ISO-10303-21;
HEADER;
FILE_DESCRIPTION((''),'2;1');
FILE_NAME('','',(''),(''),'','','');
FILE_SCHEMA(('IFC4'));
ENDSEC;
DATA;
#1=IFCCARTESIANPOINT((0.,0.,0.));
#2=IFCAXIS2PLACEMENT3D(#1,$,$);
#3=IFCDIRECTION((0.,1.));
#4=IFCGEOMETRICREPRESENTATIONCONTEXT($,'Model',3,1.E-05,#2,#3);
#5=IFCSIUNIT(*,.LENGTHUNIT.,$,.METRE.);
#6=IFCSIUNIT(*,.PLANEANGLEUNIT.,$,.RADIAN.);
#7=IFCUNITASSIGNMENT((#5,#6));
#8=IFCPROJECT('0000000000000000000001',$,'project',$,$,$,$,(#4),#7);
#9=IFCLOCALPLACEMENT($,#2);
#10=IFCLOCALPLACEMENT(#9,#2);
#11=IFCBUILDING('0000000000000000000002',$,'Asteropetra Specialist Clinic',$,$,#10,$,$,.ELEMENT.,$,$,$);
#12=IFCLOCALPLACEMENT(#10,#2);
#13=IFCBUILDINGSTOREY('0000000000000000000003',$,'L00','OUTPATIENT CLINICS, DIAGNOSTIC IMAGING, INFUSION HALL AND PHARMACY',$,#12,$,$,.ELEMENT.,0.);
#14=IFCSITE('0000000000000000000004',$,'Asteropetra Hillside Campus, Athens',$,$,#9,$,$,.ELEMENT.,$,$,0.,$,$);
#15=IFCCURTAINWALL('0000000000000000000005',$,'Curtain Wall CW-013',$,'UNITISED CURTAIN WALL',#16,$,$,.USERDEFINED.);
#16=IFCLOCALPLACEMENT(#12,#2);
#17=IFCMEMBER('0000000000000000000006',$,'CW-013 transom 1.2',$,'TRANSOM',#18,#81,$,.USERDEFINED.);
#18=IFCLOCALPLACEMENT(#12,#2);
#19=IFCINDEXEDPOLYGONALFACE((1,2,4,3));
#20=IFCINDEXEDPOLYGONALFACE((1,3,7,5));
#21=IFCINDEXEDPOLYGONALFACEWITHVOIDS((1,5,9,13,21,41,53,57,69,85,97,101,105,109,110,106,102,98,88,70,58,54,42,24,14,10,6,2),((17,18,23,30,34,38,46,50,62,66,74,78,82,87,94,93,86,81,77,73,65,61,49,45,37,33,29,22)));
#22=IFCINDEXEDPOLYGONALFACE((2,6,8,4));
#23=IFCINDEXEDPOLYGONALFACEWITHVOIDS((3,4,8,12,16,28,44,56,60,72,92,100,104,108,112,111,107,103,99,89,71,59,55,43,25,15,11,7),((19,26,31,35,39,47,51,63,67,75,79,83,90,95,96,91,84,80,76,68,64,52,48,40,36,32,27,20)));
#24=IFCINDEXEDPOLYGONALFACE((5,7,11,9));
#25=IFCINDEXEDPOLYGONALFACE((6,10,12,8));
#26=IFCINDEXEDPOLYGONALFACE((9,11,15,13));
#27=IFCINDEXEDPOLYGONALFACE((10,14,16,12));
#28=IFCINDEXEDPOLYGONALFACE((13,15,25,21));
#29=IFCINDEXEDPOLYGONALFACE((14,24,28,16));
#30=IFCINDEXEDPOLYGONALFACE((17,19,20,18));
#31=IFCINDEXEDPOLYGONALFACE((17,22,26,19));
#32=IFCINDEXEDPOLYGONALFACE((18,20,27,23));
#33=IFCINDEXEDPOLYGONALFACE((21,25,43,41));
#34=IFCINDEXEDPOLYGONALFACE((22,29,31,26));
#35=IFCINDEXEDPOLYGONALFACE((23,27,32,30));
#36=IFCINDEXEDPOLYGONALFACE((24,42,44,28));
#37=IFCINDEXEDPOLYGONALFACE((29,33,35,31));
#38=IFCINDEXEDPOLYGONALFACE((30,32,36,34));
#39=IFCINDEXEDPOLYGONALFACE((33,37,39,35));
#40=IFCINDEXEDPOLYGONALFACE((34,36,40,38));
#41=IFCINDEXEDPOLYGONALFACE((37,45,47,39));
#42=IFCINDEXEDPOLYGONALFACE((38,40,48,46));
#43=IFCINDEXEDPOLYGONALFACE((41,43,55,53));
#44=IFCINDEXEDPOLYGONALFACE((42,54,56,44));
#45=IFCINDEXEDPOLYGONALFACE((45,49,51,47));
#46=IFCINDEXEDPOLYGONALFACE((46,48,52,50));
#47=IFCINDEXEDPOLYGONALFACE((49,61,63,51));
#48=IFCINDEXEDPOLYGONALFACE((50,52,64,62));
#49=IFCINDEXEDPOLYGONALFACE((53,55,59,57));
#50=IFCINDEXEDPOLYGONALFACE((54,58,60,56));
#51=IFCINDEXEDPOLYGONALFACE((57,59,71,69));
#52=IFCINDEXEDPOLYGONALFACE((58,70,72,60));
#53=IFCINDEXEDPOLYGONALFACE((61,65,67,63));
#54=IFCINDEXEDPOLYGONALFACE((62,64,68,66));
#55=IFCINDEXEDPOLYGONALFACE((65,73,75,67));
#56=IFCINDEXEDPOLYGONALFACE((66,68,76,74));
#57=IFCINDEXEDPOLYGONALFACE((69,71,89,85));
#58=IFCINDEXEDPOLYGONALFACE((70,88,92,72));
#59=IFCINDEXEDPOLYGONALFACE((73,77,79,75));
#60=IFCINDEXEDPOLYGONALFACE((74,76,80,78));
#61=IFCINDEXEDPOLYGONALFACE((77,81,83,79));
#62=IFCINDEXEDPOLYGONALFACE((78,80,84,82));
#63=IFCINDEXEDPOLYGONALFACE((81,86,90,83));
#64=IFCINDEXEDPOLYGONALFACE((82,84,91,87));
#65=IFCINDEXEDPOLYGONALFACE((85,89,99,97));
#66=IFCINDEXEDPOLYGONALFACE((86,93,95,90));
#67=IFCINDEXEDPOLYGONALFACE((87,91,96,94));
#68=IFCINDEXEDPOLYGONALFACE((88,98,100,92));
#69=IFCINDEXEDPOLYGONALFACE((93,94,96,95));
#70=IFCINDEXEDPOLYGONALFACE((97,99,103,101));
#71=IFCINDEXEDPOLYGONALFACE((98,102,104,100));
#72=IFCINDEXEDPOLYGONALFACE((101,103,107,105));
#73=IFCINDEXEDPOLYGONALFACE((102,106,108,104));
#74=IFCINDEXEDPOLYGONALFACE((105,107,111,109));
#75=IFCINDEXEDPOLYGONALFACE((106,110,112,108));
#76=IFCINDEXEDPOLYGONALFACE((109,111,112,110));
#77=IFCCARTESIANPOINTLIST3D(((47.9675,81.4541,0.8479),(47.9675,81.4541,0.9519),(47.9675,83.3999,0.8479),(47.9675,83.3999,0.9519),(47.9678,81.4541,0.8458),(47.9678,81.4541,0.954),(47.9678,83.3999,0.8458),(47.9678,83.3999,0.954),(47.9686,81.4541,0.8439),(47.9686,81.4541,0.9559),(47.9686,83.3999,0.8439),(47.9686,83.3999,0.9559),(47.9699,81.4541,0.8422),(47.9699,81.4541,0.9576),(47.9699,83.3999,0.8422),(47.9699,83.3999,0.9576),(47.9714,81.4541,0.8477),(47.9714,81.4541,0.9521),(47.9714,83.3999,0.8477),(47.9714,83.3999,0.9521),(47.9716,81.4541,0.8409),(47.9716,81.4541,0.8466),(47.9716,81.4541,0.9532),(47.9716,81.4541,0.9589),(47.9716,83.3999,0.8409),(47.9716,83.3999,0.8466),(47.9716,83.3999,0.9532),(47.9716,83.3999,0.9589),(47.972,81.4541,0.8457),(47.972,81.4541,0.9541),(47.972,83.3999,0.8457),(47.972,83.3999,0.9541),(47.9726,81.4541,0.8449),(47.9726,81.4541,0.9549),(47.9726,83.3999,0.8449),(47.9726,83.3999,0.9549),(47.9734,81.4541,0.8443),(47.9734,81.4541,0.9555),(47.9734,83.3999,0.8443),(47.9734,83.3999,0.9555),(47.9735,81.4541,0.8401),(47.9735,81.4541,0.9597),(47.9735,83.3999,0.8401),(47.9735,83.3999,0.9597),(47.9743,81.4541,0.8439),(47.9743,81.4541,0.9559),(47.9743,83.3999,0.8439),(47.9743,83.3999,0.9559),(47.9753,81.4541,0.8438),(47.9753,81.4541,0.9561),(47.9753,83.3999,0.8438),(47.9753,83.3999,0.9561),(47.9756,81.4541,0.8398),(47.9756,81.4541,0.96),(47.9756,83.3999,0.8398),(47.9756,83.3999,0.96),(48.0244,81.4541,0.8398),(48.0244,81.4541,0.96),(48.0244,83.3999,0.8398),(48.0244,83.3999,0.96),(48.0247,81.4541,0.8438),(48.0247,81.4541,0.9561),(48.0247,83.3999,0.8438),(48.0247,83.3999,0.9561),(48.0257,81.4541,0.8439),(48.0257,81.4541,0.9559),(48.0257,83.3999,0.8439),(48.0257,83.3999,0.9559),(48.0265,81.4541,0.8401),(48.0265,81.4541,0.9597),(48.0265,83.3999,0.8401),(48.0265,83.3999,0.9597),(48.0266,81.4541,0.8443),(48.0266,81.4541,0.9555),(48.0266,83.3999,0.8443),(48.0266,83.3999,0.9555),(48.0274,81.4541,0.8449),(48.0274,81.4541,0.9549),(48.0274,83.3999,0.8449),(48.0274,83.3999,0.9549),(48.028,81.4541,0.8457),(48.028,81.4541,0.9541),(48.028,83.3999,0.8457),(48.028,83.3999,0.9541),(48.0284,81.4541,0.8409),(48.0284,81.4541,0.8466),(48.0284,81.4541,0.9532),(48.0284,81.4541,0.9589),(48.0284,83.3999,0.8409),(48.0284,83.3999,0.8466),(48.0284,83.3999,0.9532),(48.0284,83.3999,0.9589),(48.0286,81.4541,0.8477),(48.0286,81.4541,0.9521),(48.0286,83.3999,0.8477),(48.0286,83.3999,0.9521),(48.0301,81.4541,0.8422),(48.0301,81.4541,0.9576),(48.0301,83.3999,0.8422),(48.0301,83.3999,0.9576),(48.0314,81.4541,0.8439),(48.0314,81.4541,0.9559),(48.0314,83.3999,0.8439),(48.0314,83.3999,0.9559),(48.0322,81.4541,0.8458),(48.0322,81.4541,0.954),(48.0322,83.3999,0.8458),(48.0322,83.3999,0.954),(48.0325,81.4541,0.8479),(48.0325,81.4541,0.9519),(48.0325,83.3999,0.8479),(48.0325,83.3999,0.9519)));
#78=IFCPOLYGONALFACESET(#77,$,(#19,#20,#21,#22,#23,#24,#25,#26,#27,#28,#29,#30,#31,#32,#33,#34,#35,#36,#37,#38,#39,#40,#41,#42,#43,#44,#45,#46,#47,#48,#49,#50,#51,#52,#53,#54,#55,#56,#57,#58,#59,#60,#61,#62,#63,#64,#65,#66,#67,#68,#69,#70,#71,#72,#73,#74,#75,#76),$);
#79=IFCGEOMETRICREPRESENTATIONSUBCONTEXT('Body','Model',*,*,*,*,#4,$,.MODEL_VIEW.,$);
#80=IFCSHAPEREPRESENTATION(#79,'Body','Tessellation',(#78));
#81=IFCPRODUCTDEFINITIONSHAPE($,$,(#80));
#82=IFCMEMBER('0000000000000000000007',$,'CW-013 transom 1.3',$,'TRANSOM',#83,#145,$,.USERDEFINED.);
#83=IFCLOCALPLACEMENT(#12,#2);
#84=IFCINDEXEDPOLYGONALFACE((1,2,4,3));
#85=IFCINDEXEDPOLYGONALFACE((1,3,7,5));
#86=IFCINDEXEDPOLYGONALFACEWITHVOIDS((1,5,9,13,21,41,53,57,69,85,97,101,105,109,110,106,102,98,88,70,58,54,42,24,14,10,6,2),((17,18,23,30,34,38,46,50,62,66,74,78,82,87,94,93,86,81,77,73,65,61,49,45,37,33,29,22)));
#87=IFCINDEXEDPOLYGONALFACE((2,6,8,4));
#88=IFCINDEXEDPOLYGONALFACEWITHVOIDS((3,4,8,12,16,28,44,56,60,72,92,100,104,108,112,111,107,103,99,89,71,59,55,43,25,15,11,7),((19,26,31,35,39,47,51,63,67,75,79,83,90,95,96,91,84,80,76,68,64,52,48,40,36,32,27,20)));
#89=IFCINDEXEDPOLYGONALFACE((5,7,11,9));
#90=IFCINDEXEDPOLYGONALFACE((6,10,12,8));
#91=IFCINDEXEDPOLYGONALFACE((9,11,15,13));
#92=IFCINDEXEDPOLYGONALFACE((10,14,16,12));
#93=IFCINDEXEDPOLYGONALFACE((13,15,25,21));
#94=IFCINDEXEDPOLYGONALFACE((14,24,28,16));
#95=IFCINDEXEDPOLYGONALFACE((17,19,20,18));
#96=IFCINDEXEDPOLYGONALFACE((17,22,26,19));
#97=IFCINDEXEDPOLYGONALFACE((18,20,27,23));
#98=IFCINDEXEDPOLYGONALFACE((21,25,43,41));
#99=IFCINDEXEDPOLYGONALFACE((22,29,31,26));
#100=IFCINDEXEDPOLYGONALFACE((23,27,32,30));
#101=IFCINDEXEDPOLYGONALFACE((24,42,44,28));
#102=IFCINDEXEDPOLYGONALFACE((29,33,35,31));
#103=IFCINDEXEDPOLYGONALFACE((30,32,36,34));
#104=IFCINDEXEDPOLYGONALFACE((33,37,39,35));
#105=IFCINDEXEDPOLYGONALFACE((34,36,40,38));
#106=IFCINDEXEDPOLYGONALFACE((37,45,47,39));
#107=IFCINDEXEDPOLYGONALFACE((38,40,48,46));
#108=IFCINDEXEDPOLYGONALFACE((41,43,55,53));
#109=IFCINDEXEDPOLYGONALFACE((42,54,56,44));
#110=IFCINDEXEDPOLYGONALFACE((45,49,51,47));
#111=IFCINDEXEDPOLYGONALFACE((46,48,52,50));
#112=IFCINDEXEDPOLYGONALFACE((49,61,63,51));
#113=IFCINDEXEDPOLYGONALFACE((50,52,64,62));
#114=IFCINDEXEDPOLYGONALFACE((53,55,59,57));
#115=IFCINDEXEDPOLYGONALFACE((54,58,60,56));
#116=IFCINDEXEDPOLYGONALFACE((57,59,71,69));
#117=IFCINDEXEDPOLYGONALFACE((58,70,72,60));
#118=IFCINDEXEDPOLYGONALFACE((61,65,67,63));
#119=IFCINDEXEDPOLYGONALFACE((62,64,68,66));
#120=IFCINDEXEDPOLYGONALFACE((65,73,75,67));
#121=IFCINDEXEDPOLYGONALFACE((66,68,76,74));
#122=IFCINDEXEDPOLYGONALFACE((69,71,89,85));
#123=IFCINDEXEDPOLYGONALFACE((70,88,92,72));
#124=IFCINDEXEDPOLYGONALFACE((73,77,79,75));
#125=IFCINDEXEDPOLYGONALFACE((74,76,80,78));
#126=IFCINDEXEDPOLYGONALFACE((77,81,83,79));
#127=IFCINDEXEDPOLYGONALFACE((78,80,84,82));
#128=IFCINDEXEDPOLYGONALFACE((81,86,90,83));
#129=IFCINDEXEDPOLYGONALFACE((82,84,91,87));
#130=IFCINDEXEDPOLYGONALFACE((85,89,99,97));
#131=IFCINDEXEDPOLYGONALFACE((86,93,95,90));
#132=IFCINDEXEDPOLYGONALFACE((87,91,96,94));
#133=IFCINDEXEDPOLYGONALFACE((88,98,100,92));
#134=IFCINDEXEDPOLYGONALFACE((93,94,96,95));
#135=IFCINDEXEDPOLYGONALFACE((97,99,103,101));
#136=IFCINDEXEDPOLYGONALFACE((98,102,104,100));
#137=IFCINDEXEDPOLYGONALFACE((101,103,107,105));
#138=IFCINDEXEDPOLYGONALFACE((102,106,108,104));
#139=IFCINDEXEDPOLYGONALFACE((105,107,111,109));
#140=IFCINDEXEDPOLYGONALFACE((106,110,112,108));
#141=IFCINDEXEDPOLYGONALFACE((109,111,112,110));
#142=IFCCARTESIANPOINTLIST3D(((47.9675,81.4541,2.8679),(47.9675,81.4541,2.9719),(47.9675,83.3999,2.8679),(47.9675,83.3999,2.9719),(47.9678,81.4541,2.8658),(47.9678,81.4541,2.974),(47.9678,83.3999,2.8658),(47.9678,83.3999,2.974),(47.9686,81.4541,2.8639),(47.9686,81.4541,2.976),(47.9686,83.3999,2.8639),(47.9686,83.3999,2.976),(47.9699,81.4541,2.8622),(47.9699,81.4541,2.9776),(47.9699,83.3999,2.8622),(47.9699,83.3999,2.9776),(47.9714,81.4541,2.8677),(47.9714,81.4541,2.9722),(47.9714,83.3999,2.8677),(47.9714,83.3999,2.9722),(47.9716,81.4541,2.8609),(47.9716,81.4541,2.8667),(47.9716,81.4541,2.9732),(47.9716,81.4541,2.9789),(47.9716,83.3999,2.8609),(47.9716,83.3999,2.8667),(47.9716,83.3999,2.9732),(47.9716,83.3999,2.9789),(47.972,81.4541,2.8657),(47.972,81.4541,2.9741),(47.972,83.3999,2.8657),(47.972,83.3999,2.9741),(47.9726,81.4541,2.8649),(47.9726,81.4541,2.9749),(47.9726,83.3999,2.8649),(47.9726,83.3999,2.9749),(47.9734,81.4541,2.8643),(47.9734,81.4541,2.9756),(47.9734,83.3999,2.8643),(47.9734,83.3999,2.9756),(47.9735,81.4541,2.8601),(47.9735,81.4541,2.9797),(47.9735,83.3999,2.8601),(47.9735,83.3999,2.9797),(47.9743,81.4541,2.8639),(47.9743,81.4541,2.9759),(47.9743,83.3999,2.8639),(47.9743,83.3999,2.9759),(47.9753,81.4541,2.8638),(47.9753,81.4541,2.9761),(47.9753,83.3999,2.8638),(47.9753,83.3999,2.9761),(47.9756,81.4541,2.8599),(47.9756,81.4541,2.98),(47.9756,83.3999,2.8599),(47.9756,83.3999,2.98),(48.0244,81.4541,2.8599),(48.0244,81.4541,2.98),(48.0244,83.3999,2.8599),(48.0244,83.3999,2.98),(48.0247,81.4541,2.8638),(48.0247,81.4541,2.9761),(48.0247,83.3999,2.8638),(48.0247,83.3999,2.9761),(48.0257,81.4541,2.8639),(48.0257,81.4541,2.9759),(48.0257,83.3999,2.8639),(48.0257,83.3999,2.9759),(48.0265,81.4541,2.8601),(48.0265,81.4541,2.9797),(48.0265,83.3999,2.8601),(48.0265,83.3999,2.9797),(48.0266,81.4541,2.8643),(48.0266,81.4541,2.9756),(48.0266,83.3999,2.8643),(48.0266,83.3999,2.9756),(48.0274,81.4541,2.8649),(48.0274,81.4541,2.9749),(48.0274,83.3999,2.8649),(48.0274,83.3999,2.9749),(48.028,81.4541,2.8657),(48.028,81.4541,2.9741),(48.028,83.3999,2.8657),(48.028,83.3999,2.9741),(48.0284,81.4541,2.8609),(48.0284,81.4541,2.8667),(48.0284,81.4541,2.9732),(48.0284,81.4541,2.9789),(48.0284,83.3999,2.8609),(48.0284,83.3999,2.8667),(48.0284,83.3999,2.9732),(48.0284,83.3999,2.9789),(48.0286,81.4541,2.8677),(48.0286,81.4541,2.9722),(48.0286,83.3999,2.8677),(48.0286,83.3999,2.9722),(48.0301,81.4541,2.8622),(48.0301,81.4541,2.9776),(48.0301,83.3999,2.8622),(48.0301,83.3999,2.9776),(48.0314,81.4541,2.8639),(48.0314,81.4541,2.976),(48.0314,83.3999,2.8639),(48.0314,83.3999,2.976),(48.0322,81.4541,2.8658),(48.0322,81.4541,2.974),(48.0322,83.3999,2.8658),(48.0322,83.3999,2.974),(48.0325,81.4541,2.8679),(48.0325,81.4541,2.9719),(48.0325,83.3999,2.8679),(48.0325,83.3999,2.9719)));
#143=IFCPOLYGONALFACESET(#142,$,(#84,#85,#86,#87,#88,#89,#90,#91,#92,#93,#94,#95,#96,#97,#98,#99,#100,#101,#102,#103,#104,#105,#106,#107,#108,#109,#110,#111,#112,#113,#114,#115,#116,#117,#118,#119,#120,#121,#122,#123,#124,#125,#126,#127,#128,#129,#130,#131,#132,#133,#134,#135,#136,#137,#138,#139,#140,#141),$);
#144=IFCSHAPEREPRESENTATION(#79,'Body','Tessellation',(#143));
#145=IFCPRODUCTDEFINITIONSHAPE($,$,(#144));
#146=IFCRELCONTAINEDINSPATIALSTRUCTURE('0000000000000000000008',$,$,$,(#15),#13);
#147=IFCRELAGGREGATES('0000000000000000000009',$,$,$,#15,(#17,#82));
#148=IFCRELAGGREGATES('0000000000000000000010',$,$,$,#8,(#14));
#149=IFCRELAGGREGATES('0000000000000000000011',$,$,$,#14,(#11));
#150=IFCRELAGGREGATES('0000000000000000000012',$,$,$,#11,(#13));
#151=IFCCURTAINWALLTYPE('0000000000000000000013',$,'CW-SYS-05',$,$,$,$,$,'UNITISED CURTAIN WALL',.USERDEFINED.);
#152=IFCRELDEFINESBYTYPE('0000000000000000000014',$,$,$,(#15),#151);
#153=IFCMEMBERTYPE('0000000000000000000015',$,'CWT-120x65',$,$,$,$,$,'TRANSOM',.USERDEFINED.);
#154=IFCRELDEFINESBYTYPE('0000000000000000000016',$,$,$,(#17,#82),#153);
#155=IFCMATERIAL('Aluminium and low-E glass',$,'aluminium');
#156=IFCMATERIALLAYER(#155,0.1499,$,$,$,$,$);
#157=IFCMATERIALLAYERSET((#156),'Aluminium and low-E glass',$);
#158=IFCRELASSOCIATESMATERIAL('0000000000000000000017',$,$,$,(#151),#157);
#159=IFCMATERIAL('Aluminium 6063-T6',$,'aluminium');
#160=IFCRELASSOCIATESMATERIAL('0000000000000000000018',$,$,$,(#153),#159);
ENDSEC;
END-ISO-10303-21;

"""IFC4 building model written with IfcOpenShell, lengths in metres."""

from ifc_helpers import new_model, si_unit, direction, frame, origin, origin_2d, place, context, subcontext, project, spatial, hollow_rectangle, extrude, material, layer, layer_set, material_profile, profile_set, type_object, element, aggregate, save


model = new_model("IFC4")

# Units and contexts
model_context = context("Model", 3, precision=1e-05, world=origin(), true_north=direction((0.0, 1.0)))
body_context = subcontext(model_context, "Body", "Model", "MODEL_VIEW")
ifc_project = project(units=[si_unit("LENGTHUNIT", "METRE"), si_unit("PLANEANGLEUNIT", "RADIAN")], contexts=[model_context])

# Site, building, storey
site_placement = place(None, origin())
site = spatial("IfcSite", under=ifc_project, at=site_placement, Name="Asteropetra Hillside Campus, Athens", CompositionType="ELEMENT", RefElevation=0.0)
building_placement = place(site_placement, origin())
building = spatial("IfcBuilding", under=site, at=building_placement, Name="Asteropetra Specialist Clinic", CompositionType="ELEMENT")
storey_placement = place(building_placement, origin())
storey = spatial("IfcBuildingStorey", under=building, at=storey_placement, Name="L00", Description="OUTPATIENT CLINICS, DIAGNOSTIC IMAGING, INFUSION HALL AND PHARMACY", CompositionType="ELEMENT", Elevation=0.0)

# Curtain wall, members
ifc_material_1 = material(Name="Aluminium and low-E glass", Category="aluminium")
ifc_layer_1 = layer(ifc_material_1, 0.1499)
ifc_layer_set_1 = layer_set([ifc_layer_1], Name="Aluminium and low-E glass")
curtain_wall_type = type_object("IfcCurtainWallType", Name="CW-SYS-05", ElementType="UNITISED CURTAIN WALL", PredefinedType="USERDEFINED", material=ifc_layer_set_1)
curtain_wall_placement = place(storey_placement, origin())
curtain_wall = element("IfcCurtainWall", 1, at=curtain_wall_placement, inside=storey, type_object=curtain_wall_type, Name="Curtain Wall CW-013", ObjectType="UNITISED CURTAIN WALL", PredefinedType="USERDEFINED")
ifc_material_2 = material(Name="Aluminium 6063-T6", Category="aluminium")
ifc_material_profile_1 = material_profile(ifc_material_2, hollow_rectangle(XDim=0.0649, YDim=0.1201, WallThickness=0.0039, InnerFilletRadius=0.0039, OuterFilletRadius=0.0081, at=origin_2d()), Name="TRN 120x65x4.0")
ifc_profile_set_1 = profile_set([ifc_material_profile_1], Name="Aluminium 6063-T6")
member_type_1 = type_object("IfcMemberType", Name="CWT-120x65", ElementType="TRANSOM", PredefinedType="USERDEFINED", material=ifc_profile_set_1)
member_1_placement = place(storey_placement, frame((48.0, 83.3999, 0.8999), z_axis=(0.0, -1.0, 0.0), x_axis=(1.0, 0.0, 0.0)))
member_1 = element("IfcMember", 2, at=member_1_placement, type_object=member_type_1, Name="CW-013 transom 1.2", ObjectType="TRANSOM", PredefinedType="USERDEFINED", context=body_context, shape_type="SweptSolid", body=[
    extrude(hollow_rectangle(XDim=0.0649, YDim=0.1201, WallThickness=0.0039, InnerFilletRadius=0.0039, OuterFilletRadius=0.0081, at=origin_2d()), origin(), (0.0, 0.0, 1.0), 1.9458),
])
member_2_placement = place(storey_placement, frame((48.0, 83.3999, 2.9199), z_axis=(0.0, -1.0, 0.0), x_axis=(1.0, 0.0, 0.0)))
member_2 = element("IfcMember", 3, at=member_2_placement, type_object=member_type_1, Name="CW-013 transom 1.3", ObjectType="TRANSOM", PredefinedType="USERDEFINED", context=body_context, shape_type="SweptSolid", body=[
    extrude(hollow_rectangle(XDim=0.0649, YDim=0.1201, WallThickness=0.0039, InnerFilletRadius=0.0039, OuterFilletRadius=0.0081, at=origin_2d()), origin(), (0.0, 0.0, 1.0), 1.9458),
])
aggregate(curtain_wall, [member_1, member_2])

save(model, "model.ifc")
